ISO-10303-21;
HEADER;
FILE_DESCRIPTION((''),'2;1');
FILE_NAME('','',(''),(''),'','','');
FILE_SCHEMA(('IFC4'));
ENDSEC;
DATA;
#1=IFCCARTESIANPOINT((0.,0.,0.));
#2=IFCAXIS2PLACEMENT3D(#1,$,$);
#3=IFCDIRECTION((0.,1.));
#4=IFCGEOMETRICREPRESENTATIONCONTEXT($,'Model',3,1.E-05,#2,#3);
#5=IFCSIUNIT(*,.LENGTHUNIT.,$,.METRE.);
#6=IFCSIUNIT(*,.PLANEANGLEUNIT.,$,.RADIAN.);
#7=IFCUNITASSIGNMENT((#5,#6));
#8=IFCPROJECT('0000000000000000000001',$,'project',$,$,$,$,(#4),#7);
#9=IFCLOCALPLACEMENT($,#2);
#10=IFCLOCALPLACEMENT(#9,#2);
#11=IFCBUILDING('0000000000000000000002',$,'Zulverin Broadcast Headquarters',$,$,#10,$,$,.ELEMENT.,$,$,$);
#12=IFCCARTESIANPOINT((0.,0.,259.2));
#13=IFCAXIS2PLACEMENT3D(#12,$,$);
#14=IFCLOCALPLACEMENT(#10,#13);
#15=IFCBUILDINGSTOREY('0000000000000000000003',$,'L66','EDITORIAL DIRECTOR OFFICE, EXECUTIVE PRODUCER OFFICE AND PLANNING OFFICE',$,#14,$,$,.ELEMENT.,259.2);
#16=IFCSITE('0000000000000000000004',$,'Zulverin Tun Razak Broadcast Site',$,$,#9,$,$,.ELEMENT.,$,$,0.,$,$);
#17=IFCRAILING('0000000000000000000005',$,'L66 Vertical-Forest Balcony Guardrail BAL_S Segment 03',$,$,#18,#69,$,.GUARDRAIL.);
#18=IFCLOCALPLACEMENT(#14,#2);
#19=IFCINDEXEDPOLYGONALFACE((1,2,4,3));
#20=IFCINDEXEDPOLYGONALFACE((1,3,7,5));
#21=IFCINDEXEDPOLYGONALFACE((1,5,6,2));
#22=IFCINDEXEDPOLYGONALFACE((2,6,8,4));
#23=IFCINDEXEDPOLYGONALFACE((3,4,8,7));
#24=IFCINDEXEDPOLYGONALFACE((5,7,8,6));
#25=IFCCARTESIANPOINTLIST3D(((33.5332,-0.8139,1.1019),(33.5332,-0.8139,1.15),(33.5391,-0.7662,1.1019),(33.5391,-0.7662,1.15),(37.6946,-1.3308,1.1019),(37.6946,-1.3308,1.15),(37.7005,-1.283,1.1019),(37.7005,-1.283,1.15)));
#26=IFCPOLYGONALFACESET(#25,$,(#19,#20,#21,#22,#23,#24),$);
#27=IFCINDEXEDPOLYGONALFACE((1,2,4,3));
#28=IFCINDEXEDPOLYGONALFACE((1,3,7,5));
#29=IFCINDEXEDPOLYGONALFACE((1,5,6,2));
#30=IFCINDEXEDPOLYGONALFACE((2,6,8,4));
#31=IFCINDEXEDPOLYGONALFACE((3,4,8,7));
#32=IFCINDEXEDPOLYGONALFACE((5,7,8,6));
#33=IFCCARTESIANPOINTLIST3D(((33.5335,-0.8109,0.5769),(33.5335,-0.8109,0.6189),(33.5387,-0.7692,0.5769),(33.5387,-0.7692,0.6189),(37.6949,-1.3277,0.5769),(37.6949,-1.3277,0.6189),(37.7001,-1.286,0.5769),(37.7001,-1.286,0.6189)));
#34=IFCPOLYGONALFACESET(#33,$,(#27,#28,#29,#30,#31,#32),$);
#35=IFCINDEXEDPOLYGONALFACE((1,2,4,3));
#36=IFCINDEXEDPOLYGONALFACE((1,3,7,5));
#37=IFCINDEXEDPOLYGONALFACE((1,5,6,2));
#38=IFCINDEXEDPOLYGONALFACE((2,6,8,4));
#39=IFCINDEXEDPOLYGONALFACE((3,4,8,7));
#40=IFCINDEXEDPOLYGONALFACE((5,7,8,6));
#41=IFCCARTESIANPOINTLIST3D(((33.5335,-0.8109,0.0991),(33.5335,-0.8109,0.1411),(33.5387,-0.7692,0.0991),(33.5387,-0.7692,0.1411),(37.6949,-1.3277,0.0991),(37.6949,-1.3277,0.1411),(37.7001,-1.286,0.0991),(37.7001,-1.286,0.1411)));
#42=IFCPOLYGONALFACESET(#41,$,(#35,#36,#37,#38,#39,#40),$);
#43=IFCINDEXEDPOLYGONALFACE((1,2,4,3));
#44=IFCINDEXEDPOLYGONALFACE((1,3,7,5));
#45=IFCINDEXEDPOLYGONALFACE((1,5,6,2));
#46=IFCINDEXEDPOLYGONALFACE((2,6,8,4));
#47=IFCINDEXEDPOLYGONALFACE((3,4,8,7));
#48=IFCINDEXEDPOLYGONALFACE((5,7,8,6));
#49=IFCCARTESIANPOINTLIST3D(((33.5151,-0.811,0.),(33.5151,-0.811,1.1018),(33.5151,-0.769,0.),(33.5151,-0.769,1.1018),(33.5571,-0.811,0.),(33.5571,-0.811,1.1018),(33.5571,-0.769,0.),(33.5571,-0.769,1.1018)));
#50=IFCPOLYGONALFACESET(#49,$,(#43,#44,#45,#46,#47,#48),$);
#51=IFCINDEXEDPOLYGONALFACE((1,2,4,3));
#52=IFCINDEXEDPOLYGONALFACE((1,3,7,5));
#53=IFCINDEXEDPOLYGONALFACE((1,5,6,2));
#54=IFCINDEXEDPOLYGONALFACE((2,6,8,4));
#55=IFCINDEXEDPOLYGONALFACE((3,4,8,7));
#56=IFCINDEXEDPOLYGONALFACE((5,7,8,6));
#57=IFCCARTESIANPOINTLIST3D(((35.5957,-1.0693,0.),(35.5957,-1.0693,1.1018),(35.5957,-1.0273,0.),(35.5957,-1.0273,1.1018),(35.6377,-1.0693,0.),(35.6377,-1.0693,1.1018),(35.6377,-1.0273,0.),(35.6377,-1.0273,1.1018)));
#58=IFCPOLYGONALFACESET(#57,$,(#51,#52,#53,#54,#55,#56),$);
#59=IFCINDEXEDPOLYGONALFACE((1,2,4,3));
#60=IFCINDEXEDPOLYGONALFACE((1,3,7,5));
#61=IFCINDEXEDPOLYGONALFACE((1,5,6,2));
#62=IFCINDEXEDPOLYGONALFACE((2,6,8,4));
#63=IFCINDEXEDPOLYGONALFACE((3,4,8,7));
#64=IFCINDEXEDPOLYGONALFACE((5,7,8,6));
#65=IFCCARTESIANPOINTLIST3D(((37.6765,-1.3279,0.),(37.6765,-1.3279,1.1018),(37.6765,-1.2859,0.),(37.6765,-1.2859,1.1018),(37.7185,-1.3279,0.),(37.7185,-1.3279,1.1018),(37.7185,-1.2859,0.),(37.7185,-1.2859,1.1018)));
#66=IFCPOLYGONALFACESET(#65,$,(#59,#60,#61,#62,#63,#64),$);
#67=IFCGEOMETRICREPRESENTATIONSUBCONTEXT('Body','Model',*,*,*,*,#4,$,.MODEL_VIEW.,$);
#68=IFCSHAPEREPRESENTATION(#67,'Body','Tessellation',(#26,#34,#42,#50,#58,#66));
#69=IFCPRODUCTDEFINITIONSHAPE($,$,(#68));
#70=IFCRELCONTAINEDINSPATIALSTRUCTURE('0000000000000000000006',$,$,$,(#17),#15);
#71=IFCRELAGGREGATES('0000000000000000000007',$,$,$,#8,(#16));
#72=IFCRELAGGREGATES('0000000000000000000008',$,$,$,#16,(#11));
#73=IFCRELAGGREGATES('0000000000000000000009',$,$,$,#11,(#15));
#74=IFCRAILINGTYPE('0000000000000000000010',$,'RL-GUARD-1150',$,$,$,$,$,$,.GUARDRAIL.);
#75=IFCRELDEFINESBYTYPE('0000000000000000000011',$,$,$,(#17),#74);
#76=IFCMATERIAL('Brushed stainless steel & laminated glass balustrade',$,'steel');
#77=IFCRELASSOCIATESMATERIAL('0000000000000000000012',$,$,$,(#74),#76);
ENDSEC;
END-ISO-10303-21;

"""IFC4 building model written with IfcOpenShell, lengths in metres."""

from ifc_helpers import new_model, si_unit, direction, frame, origin, origin_2d, place, context, subcontext, project, spatial, rectangle, extrude, material, type_object, element, save


model = new_model("IFC4")

# Units and contexts
model_context = context("Model", 3, precision=1e-05, world=origin(), true_north=direction((0.0, 1.0)))
body_context = subcontext(model_context, "Body", "Model", "MODEL_VIEW")
ifc_project = project(units=[si_unit("LENGTHUNIT", "METRE"), si_unit("PLANEANGLEUNIT", "RADIAN")], contexts=[model_context])

# Site, building, storey
site_placement = place(None, origin())
site = spatial("IfcSite", under=ifc_project, at=site_placement, Name="Zulverin Tun Razak Broadcast Site", CompositionType="ELEMENT", RefElevation=0.0)
building_placement = place(site_placement, origin())
building = spatial("IfcBuilding", under=site, at=building_placement, Name="Zulverin Broadcast Headquarters", CompositionType="ELEMENT")
storey_placement = place(building_placement, frame((0.0, 0.0, 259.2)))
storey = spatial("IfcBuildingStorey", under=building, at=storey_placement, Name="L66", Description="EDITORIAL DIRECTOR OFFICE, EXECUTIVE PRODUCER OFFICE AND PLANNING OFFICE", CompositionType="ELEMENT", Elevation=259.2)

# Railing
ifc_material_1 = material(Name="Brushed stainless steel & laminated glass balustrade", Category="steel")
railing_type = type_object("IfcRailingType", Name="RL-GUARD-1150", PredefinedType="GUARDRAIL", material=ifc_material_1)
railing_1_placement = place(storey_placement, frame((33.5361, -0.79, 0.0)))
element("IfcRailing", 1, at=railing_1_placement, inside=storey, type_object=railing_type, Name="L66 Vertical-Forest Balcony Guardrail BAL_S Segment 03", PredefinedType="GUARDRAIL", context=body_context, shape_type="SweptSolid", body=[
    extrude(rectangle(XDim=0.0481, YDim=0.0481, at=origin_2d()), frame((0.0, 0.0, 1.126), z_axis=(0.992375, -0.123254, 0.0), x_axis=(0.123254, 0.992375, 0.0)), (0.0, 0.0, 1.0), 4.1934),
    extrude(rectangle(XDim=0.042, YDim=0.042, at=origin_2d()), frame((0.0, 0.0, 0.5979), z_axis=(0.992375, -0.123254, 0.0), x_axis=(0.123254, 0.992375, 0.0)), (0.0, 0.0, 1.0), 4.1934),
    extrude(rectangle(XDim=0.042, YDim=0.042, at=origin_2d()), frame((0.0, 0.0, 0.1201), z_axis=(0.992375, -0.123254, 0.0), x_axis=(0.123254, 0.992375, 0.0)), (0.0, 0.0, 1.0), 4.1934),
    extrude(rectangle(XDim=0.042, YDim=0.042, at=origin_2d()), origin(), (0.0, 0.0, 1.0), 1.1018),
    extrude(rectangle(XDim=0.042, YDim=0.042, at=origin_2d()), frame((2.0806, -0.2583, 0.0)), (0.0, 0.0, 1.0), 1.1018),
    extrude(rectangle(XDim=0.042, YDim=0.042, at=origin_2d()), frame((4.1614, -0.5168, 0.0)), (0.0, 0.0, 1.0), 1.1018),
])

save(model, "model.ifc")
